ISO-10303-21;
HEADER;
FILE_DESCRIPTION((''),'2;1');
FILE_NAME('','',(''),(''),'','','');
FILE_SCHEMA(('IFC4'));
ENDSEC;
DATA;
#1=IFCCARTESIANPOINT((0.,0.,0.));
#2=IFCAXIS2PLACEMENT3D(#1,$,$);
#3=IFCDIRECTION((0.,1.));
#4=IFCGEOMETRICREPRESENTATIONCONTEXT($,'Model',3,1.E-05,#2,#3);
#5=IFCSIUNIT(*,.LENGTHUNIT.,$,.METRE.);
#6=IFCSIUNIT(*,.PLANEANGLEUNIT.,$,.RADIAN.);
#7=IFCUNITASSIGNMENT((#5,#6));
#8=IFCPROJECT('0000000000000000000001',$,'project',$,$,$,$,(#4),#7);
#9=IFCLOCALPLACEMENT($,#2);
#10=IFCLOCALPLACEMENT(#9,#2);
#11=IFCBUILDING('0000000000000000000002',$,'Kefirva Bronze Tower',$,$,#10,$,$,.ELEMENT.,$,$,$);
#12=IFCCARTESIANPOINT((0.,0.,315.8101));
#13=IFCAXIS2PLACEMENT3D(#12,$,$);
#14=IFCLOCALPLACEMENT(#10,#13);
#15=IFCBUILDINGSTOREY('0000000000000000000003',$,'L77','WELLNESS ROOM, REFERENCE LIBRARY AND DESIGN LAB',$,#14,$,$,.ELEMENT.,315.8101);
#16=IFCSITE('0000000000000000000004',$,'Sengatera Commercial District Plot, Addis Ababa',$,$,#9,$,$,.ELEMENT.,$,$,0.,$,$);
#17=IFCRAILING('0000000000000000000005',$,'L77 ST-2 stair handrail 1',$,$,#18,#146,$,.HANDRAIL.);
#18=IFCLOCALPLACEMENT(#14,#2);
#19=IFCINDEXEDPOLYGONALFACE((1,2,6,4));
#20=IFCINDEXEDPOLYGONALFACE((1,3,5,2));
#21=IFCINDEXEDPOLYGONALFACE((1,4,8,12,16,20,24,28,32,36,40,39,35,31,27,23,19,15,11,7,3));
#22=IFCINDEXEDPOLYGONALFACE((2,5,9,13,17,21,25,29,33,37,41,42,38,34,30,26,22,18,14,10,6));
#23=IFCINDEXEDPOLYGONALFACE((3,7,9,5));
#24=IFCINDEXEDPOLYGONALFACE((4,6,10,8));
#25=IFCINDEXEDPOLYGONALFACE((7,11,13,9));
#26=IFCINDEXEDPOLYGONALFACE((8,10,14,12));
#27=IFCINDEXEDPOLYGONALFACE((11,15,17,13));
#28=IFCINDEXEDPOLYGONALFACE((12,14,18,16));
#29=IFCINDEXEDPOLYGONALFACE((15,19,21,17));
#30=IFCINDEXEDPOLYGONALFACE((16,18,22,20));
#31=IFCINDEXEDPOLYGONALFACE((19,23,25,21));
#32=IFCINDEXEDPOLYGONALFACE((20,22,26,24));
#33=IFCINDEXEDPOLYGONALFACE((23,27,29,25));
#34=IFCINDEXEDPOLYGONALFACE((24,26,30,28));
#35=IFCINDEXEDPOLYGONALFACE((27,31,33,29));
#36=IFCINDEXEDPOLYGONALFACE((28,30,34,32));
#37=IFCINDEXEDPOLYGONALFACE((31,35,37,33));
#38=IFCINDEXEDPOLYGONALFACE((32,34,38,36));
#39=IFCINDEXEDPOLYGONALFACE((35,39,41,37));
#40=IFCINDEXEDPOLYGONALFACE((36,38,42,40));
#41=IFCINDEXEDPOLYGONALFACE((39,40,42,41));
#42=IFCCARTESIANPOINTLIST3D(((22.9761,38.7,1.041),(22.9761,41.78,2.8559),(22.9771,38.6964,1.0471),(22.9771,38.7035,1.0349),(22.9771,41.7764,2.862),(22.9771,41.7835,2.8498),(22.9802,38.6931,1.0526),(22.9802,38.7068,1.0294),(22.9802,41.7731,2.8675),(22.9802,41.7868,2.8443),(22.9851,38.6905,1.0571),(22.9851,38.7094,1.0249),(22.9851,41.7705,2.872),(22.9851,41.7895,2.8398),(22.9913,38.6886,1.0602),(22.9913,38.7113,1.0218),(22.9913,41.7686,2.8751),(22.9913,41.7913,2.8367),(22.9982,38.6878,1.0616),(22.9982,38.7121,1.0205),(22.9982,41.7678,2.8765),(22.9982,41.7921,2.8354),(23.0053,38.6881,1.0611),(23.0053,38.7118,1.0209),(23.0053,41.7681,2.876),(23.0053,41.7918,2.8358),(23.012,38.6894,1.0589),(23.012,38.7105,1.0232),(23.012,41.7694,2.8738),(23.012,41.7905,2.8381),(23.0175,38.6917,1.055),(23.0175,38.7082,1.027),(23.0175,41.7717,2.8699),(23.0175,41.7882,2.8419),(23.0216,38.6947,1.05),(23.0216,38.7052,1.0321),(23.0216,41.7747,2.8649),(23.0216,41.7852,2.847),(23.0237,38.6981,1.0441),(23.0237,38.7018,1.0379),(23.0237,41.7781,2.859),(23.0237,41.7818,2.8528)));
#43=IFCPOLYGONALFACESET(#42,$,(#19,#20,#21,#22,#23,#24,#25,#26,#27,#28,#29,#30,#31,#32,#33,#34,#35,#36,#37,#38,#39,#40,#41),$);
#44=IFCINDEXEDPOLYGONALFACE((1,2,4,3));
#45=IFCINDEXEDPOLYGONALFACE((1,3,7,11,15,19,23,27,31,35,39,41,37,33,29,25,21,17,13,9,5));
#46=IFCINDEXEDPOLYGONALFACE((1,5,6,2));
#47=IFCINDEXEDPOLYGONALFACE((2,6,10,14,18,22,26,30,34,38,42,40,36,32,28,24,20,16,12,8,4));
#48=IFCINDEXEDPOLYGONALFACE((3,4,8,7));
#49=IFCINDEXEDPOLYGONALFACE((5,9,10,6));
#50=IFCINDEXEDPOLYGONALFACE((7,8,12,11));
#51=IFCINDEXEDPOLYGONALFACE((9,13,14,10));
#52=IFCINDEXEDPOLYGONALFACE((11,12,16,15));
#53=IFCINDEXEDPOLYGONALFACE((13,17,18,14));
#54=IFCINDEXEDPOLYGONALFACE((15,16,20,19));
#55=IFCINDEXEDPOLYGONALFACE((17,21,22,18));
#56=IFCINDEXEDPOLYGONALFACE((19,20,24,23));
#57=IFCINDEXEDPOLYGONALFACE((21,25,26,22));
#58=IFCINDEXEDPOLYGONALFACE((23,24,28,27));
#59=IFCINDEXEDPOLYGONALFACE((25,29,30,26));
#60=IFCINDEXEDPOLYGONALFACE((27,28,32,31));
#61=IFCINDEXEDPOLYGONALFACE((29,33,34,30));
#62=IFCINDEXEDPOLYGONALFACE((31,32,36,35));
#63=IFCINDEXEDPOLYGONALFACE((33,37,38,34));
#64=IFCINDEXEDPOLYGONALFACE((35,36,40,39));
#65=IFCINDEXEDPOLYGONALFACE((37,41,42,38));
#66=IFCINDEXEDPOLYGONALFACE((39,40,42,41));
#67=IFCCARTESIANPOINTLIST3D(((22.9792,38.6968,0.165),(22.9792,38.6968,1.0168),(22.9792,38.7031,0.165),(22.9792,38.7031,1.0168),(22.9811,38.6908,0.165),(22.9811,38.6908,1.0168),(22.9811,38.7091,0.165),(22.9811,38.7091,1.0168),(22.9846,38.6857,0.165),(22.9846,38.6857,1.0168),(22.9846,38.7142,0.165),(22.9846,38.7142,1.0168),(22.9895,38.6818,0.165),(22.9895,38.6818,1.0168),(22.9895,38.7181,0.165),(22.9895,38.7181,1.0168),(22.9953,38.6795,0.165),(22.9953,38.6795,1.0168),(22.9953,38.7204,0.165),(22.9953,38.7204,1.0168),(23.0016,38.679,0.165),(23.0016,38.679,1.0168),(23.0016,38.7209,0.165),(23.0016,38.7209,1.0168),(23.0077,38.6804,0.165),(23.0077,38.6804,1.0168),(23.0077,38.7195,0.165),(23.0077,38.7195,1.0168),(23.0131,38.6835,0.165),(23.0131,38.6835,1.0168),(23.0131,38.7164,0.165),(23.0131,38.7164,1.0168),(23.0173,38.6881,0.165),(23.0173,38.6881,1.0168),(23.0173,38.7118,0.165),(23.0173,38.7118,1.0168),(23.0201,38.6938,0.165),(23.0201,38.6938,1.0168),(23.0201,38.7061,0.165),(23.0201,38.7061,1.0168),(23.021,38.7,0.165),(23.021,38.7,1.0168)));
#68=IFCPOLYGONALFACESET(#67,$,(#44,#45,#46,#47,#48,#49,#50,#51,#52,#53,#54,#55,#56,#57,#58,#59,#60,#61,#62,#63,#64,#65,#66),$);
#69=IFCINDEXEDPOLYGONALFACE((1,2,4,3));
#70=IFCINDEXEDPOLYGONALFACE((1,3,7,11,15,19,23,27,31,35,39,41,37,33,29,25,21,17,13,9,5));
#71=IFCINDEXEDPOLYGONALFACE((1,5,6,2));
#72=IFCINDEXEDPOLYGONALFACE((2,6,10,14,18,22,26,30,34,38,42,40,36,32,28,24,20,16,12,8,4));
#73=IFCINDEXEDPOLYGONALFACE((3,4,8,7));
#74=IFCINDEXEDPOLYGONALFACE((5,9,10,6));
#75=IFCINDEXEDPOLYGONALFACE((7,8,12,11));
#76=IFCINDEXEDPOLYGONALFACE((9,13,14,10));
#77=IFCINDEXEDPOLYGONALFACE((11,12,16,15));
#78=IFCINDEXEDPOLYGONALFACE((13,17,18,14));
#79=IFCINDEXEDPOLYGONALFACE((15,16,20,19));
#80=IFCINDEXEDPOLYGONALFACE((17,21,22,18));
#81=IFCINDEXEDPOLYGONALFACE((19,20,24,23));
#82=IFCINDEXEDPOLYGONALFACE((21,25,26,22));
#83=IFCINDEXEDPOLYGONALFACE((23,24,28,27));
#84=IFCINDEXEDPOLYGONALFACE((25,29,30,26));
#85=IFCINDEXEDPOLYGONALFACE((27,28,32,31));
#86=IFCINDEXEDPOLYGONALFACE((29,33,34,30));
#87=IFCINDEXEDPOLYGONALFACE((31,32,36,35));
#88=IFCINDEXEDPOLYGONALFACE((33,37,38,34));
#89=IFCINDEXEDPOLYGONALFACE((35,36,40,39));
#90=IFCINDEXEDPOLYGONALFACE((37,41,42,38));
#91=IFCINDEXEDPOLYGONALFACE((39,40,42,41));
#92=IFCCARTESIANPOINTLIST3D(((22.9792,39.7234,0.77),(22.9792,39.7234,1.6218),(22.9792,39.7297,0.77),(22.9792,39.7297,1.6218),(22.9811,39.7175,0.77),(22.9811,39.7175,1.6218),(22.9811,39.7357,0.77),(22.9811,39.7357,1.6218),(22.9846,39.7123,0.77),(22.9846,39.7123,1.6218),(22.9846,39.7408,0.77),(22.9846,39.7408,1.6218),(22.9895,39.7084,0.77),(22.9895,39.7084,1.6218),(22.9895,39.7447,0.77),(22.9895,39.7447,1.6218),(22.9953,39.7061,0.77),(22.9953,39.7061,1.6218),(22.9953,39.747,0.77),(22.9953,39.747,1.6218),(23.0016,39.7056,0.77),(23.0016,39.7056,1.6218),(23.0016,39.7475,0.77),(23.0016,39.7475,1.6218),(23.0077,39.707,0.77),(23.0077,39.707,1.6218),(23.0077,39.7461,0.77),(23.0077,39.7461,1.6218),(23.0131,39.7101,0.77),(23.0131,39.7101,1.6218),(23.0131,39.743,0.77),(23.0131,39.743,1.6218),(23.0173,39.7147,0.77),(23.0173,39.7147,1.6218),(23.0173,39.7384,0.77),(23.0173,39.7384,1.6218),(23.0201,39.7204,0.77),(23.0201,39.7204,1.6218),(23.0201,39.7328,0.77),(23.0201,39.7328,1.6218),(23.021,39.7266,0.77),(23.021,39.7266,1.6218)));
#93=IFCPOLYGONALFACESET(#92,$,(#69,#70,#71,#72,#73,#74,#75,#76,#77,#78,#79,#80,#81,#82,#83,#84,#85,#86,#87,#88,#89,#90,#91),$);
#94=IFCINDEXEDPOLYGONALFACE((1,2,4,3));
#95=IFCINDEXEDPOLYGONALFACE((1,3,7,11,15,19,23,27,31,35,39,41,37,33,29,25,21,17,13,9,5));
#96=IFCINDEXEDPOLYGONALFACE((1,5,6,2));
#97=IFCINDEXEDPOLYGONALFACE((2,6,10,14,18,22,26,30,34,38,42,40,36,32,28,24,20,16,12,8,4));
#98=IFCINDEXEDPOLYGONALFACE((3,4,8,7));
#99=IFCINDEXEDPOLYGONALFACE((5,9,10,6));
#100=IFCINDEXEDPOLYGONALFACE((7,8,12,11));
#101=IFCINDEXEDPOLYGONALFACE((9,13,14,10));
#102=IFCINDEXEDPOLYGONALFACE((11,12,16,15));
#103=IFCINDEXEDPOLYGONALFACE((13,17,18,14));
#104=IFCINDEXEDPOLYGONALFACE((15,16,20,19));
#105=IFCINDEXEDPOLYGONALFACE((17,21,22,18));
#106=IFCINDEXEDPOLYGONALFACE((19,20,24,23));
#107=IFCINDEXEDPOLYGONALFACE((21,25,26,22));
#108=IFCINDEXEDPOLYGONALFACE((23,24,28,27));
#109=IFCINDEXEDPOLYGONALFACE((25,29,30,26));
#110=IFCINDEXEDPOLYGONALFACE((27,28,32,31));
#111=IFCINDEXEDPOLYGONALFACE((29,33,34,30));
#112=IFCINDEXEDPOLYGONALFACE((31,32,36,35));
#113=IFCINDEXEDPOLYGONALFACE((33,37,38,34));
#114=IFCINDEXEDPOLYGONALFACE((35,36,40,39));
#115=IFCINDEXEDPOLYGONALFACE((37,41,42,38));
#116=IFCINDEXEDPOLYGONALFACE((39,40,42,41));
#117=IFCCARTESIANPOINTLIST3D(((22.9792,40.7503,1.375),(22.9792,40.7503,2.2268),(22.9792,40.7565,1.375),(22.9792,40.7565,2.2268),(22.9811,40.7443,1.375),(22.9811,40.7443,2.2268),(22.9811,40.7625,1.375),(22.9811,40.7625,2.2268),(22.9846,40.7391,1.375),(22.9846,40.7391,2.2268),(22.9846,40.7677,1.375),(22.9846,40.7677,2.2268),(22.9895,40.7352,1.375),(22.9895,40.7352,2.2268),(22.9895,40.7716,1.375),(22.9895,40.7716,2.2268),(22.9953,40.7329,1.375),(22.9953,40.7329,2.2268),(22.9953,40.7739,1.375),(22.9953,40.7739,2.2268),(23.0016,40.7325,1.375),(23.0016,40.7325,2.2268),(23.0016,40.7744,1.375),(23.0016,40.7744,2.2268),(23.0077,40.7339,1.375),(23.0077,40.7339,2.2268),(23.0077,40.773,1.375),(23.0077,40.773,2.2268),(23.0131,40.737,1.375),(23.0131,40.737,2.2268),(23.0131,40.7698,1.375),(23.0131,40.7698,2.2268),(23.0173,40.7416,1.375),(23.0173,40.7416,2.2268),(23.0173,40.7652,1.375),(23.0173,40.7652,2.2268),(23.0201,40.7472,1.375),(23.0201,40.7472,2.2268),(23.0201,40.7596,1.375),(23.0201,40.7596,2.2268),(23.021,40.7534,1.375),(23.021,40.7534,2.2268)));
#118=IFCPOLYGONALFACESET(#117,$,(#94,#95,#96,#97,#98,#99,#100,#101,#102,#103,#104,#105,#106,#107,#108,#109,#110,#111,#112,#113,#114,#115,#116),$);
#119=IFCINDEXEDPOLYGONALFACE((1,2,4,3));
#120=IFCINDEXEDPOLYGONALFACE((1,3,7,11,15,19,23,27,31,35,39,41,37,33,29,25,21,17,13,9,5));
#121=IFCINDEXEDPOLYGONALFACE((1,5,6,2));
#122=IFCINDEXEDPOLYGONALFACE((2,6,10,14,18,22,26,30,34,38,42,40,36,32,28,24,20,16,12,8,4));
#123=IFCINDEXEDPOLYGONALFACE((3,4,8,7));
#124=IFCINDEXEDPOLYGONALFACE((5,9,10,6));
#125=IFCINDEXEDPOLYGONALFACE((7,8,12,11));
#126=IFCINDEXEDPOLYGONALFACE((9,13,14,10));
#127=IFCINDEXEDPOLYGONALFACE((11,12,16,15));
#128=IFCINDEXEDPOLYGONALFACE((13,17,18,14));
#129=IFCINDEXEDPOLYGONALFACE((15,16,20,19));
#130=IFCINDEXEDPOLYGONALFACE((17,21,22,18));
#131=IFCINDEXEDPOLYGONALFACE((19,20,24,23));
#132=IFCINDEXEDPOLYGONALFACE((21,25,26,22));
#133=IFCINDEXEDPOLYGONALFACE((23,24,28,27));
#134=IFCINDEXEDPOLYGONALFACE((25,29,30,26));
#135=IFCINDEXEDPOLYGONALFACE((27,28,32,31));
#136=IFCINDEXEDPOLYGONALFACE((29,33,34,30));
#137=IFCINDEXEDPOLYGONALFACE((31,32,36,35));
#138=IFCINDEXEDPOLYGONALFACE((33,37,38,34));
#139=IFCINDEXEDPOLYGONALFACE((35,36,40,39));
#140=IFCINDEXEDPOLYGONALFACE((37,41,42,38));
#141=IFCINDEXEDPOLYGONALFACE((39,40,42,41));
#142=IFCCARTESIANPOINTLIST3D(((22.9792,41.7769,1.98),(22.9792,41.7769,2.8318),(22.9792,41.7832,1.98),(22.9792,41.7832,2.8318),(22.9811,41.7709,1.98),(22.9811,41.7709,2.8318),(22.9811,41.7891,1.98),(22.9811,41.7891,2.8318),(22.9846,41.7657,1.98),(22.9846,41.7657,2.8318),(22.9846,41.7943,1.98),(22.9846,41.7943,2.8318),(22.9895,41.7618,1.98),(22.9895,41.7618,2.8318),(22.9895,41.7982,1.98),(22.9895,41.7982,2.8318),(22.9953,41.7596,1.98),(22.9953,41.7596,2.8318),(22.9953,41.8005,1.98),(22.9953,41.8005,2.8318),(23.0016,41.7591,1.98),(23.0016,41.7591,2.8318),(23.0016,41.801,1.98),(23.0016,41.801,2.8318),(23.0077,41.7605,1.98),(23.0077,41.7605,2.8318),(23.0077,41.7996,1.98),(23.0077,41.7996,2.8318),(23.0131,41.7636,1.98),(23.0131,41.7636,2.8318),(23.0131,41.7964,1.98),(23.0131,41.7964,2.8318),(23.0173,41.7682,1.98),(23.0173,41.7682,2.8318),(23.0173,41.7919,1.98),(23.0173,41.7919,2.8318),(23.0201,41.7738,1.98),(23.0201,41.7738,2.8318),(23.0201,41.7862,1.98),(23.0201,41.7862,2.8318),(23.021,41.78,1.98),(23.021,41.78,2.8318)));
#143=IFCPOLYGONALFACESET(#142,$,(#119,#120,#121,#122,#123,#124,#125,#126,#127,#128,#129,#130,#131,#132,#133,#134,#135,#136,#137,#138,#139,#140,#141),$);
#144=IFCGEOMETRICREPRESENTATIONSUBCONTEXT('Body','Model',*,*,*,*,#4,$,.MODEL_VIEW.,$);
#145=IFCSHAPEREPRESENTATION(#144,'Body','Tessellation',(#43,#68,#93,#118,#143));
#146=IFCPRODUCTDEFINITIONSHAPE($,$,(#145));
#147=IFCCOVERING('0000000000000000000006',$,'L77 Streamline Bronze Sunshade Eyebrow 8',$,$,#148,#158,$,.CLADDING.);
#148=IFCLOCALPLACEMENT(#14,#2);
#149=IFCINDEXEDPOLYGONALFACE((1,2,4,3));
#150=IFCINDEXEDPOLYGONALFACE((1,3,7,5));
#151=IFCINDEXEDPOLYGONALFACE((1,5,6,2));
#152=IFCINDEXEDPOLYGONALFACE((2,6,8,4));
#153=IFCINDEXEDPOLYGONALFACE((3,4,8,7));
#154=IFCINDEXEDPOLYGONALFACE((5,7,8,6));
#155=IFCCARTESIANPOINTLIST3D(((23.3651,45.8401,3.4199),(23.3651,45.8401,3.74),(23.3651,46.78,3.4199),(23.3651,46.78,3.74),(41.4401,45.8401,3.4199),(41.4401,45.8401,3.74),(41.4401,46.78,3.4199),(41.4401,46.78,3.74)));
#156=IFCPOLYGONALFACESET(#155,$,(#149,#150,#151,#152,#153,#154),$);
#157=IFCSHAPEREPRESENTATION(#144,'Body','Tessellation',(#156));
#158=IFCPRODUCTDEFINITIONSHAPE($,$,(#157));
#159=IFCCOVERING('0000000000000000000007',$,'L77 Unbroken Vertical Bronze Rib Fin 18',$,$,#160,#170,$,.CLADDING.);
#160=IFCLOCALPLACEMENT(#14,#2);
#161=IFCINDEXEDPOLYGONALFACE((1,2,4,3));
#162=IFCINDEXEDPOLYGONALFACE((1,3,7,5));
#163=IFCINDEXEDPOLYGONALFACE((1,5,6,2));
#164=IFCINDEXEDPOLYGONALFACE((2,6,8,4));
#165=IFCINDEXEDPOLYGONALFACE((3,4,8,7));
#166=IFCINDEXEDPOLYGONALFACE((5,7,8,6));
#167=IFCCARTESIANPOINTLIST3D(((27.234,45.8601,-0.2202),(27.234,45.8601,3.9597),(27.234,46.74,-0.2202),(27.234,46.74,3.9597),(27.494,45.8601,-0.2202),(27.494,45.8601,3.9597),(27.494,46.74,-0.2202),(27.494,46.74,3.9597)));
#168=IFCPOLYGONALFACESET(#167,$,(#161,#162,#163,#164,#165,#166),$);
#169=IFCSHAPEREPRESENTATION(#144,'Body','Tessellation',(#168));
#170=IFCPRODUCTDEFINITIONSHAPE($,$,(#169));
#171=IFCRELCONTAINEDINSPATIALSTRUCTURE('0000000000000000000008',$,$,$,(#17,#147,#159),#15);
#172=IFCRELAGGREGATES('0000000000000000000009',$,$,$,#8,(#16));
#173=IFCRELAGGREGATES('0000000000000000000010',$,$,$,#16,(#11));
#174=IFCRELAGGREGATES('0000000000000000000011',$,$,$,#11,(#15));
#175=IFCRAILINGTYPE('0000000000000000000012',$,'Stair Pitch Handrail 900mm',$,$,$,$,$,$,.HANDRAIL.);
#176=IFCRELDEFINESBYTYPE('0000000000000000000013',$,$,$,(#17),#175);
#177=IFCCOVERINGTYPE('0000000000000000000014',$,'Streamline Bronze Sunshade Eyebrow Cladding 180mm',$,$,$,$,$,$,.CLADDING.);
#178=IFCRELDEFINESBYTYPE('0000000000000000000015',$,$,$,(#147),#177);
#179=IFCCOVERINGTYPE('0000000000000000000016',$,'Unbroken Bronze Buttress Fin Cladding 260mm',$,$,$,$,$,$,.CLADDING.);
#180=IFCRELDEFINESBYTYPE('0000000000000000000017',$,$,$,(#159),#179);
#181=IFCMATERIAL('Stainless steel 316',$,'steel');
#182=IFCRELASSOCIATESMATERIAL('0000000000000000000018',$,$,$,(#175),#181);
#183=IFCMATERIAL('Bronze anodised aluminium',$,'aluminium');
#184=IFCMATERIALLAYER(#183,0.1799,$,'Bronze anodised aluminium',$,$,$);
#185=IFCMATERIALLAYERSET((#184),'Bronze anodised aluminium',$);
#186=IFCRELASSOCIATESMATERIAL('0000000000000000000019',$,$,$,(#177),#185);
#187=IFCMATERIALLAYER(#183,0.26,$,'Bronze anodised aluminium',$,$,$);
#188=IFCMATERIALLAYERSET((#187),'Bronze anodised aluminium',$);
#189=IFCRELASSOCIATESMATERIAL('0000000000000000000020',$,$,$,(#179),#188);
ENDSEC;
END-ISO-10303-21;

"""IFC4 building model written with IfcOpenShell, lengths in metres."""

from ifc_helpers import new_model, si_unit, direction, frame, origin, origin_2d, place, context, subcontext, project, spatial, rectangle, circle, extrude, material, layer, layer_set, type_object, element, save


model = new_model("IFC4")

# Units and contexts
model_context = context("Model", 3, precision=1e-05, world=origin(), true_north=direction((0.0, 1.0)))
body_context = subcontext(model_context, "Body", "Model", "MODEL_VIEW")
ifc_project = project(units=[si_unit("LENGTHUNIT", "METRE"), si_unit("PLANEANGLEUNIT", "RADIAN")], contexts=[model_context])

# Site, building, storey
site_placement = place(None, origin())
site = spatial("IfcSite", under=ifc_project, at=site_placement, Name="Sengatera Commercial District Plot, Addis Ababa", CompositionType="ELEMENT", RefElevation=0.0)
building_placement = place(site_placement, origin())
building = spatial("IfcBuilding", under=site, at=building_placement, Name="Kefirva Bronze Tower", CompositionType="ELEMENT")
storey_placement = place(building_placement, frame((0.0, 0.0, 315.8101)))
storey = spatial("IfcBuildingStorey", under=building, at=storey_placement, Name="L77", Description="WELLNESS ROOM, REFERENCE LIBRARY AND DESIGN LAB", CompositionType="ELEMENT", Elevation=315.8101)

# Shared definitions
ifc_material_1 = material(Name="Bronze anodised aluminium", Category="aluminium")

# Railing
ifc_material_2 = material(Name="Stainless steel 316", Category="steel")
railing_type_1 = type_object("IfcRailingType", Name="Stair Pitch Handrail 900mm", PredefinedType="HANDRAIL", material=ifc_material_2)
railing_1_placement = place(storey_placement, frame((23.0, 38.7, 0.165)))
element("IfcRailing", 1, at=railing_1_placement, inside=storey, type_object=railing_type_1, Name="L77 ST-2 stair handrail 1", PredefinedType="HANDRAIL", context=body_context, shape_type="SweptSolid", body=[
    extrude(circle(Radius=0.0239, at=origin_2d()), frame((0.0, 0.0, 0.876), z_axis=(0.0, 0.861551, 0.507671), x_axis=(-1.0, 0.0, 0.0)), (0.0, 0.0, 1.0), 3.575),
    extrude(circle(Radius=0.021, at=origin_2d()), origin(), (0.0, 0.0, 1.0), 0.8518),
    extrude(circle(Radius=0.021, at=origin_2d()), frame((0.0, 1.0266, 0.605)), (0.0, 0.0, 1.0), 0.8518),
    extrude(circle(Radius=0.021, at=origin_2d()), frame((0.0, 2.0535, 1.21)), (0.0, 0.0, 1.0), 0.8518),
    extrude(circle(Radius=0.021, at=origin_2d()), frame((0.0, 3.0801, 1.8149)), (0.0, 0.0, 1.0), 0.8518),
])

# Coverings
ifc_layer_1 = layer(ifc_material_1, 0.1799, Name="Bronze anodised aluminium")
ifc_layer_set_1 = layer_set([ifc_layer_1], Name="Bronze anodised aluminium")
covering_type_1 = type_object("IfcCoveringType", Name="Streamline Bronze Sunshade Eyebrow Cladding 180mm", PredefinedType="CLADDING", material=ifc_layer_set_1)
covering_1_placement = place(storey_placement, frame((32.4026, 46.3101, 3.4199), z_axis=(0.0, 0.0, 1.0), x_axis=(-1.0, 0.0, 0.0)))
element("IfcCovering", 2, at=covering_1_placement, inside=storey, type_object=covering_type_1, Name="L77 Streamline Bronze Sunshade Eyebrow 8", PredefinedType="CLADDING", context=body_context, shape_type="SweptSolid", body=[
    extrude(rectangle(XDim=18.075, YDim=0.9399, at=origin_2d()), origin(), (0.0, 0.0, 1.0), 0.3201),
])
ifc_layer_2 = layer(ifc_material_1, 0.26, Name="Bronze anodised aluminium")
ifc_layer_set_2 = layer_set([ifc_layer_2], Name="Bronze anodised aluminium")
covering_type_2 = type_object("IfcCoveringType", Name="Unbroken Bronze Buttress Fin Cladding 260mm", PredefinedType="CLADDING", material=ifc_layer_set_2)
covering_2_placement = place(storey_placement, frame((27.364, 46.3, -0.2202), z_axis=(0.0, 0.0, 1.0), x_axis=(-1.0, 0.0, 0.0)))
element("IfcCovering", 3, at=covering_2_placement, inside=storey, type_object=covering_type_2, Name="L77 Unbroken Vertical Bronze Rib Fin 18", PredefinedType="CLADDING", context=body_context, shape_type="SweptSolid", body=[
    extrude(rectangle(XDim=0.26, YDim=0.8799, at=origin_2d()), origin(), (0.0, 0.0, 1.0), 4.1799),
])

save(model, "model.ifc")
